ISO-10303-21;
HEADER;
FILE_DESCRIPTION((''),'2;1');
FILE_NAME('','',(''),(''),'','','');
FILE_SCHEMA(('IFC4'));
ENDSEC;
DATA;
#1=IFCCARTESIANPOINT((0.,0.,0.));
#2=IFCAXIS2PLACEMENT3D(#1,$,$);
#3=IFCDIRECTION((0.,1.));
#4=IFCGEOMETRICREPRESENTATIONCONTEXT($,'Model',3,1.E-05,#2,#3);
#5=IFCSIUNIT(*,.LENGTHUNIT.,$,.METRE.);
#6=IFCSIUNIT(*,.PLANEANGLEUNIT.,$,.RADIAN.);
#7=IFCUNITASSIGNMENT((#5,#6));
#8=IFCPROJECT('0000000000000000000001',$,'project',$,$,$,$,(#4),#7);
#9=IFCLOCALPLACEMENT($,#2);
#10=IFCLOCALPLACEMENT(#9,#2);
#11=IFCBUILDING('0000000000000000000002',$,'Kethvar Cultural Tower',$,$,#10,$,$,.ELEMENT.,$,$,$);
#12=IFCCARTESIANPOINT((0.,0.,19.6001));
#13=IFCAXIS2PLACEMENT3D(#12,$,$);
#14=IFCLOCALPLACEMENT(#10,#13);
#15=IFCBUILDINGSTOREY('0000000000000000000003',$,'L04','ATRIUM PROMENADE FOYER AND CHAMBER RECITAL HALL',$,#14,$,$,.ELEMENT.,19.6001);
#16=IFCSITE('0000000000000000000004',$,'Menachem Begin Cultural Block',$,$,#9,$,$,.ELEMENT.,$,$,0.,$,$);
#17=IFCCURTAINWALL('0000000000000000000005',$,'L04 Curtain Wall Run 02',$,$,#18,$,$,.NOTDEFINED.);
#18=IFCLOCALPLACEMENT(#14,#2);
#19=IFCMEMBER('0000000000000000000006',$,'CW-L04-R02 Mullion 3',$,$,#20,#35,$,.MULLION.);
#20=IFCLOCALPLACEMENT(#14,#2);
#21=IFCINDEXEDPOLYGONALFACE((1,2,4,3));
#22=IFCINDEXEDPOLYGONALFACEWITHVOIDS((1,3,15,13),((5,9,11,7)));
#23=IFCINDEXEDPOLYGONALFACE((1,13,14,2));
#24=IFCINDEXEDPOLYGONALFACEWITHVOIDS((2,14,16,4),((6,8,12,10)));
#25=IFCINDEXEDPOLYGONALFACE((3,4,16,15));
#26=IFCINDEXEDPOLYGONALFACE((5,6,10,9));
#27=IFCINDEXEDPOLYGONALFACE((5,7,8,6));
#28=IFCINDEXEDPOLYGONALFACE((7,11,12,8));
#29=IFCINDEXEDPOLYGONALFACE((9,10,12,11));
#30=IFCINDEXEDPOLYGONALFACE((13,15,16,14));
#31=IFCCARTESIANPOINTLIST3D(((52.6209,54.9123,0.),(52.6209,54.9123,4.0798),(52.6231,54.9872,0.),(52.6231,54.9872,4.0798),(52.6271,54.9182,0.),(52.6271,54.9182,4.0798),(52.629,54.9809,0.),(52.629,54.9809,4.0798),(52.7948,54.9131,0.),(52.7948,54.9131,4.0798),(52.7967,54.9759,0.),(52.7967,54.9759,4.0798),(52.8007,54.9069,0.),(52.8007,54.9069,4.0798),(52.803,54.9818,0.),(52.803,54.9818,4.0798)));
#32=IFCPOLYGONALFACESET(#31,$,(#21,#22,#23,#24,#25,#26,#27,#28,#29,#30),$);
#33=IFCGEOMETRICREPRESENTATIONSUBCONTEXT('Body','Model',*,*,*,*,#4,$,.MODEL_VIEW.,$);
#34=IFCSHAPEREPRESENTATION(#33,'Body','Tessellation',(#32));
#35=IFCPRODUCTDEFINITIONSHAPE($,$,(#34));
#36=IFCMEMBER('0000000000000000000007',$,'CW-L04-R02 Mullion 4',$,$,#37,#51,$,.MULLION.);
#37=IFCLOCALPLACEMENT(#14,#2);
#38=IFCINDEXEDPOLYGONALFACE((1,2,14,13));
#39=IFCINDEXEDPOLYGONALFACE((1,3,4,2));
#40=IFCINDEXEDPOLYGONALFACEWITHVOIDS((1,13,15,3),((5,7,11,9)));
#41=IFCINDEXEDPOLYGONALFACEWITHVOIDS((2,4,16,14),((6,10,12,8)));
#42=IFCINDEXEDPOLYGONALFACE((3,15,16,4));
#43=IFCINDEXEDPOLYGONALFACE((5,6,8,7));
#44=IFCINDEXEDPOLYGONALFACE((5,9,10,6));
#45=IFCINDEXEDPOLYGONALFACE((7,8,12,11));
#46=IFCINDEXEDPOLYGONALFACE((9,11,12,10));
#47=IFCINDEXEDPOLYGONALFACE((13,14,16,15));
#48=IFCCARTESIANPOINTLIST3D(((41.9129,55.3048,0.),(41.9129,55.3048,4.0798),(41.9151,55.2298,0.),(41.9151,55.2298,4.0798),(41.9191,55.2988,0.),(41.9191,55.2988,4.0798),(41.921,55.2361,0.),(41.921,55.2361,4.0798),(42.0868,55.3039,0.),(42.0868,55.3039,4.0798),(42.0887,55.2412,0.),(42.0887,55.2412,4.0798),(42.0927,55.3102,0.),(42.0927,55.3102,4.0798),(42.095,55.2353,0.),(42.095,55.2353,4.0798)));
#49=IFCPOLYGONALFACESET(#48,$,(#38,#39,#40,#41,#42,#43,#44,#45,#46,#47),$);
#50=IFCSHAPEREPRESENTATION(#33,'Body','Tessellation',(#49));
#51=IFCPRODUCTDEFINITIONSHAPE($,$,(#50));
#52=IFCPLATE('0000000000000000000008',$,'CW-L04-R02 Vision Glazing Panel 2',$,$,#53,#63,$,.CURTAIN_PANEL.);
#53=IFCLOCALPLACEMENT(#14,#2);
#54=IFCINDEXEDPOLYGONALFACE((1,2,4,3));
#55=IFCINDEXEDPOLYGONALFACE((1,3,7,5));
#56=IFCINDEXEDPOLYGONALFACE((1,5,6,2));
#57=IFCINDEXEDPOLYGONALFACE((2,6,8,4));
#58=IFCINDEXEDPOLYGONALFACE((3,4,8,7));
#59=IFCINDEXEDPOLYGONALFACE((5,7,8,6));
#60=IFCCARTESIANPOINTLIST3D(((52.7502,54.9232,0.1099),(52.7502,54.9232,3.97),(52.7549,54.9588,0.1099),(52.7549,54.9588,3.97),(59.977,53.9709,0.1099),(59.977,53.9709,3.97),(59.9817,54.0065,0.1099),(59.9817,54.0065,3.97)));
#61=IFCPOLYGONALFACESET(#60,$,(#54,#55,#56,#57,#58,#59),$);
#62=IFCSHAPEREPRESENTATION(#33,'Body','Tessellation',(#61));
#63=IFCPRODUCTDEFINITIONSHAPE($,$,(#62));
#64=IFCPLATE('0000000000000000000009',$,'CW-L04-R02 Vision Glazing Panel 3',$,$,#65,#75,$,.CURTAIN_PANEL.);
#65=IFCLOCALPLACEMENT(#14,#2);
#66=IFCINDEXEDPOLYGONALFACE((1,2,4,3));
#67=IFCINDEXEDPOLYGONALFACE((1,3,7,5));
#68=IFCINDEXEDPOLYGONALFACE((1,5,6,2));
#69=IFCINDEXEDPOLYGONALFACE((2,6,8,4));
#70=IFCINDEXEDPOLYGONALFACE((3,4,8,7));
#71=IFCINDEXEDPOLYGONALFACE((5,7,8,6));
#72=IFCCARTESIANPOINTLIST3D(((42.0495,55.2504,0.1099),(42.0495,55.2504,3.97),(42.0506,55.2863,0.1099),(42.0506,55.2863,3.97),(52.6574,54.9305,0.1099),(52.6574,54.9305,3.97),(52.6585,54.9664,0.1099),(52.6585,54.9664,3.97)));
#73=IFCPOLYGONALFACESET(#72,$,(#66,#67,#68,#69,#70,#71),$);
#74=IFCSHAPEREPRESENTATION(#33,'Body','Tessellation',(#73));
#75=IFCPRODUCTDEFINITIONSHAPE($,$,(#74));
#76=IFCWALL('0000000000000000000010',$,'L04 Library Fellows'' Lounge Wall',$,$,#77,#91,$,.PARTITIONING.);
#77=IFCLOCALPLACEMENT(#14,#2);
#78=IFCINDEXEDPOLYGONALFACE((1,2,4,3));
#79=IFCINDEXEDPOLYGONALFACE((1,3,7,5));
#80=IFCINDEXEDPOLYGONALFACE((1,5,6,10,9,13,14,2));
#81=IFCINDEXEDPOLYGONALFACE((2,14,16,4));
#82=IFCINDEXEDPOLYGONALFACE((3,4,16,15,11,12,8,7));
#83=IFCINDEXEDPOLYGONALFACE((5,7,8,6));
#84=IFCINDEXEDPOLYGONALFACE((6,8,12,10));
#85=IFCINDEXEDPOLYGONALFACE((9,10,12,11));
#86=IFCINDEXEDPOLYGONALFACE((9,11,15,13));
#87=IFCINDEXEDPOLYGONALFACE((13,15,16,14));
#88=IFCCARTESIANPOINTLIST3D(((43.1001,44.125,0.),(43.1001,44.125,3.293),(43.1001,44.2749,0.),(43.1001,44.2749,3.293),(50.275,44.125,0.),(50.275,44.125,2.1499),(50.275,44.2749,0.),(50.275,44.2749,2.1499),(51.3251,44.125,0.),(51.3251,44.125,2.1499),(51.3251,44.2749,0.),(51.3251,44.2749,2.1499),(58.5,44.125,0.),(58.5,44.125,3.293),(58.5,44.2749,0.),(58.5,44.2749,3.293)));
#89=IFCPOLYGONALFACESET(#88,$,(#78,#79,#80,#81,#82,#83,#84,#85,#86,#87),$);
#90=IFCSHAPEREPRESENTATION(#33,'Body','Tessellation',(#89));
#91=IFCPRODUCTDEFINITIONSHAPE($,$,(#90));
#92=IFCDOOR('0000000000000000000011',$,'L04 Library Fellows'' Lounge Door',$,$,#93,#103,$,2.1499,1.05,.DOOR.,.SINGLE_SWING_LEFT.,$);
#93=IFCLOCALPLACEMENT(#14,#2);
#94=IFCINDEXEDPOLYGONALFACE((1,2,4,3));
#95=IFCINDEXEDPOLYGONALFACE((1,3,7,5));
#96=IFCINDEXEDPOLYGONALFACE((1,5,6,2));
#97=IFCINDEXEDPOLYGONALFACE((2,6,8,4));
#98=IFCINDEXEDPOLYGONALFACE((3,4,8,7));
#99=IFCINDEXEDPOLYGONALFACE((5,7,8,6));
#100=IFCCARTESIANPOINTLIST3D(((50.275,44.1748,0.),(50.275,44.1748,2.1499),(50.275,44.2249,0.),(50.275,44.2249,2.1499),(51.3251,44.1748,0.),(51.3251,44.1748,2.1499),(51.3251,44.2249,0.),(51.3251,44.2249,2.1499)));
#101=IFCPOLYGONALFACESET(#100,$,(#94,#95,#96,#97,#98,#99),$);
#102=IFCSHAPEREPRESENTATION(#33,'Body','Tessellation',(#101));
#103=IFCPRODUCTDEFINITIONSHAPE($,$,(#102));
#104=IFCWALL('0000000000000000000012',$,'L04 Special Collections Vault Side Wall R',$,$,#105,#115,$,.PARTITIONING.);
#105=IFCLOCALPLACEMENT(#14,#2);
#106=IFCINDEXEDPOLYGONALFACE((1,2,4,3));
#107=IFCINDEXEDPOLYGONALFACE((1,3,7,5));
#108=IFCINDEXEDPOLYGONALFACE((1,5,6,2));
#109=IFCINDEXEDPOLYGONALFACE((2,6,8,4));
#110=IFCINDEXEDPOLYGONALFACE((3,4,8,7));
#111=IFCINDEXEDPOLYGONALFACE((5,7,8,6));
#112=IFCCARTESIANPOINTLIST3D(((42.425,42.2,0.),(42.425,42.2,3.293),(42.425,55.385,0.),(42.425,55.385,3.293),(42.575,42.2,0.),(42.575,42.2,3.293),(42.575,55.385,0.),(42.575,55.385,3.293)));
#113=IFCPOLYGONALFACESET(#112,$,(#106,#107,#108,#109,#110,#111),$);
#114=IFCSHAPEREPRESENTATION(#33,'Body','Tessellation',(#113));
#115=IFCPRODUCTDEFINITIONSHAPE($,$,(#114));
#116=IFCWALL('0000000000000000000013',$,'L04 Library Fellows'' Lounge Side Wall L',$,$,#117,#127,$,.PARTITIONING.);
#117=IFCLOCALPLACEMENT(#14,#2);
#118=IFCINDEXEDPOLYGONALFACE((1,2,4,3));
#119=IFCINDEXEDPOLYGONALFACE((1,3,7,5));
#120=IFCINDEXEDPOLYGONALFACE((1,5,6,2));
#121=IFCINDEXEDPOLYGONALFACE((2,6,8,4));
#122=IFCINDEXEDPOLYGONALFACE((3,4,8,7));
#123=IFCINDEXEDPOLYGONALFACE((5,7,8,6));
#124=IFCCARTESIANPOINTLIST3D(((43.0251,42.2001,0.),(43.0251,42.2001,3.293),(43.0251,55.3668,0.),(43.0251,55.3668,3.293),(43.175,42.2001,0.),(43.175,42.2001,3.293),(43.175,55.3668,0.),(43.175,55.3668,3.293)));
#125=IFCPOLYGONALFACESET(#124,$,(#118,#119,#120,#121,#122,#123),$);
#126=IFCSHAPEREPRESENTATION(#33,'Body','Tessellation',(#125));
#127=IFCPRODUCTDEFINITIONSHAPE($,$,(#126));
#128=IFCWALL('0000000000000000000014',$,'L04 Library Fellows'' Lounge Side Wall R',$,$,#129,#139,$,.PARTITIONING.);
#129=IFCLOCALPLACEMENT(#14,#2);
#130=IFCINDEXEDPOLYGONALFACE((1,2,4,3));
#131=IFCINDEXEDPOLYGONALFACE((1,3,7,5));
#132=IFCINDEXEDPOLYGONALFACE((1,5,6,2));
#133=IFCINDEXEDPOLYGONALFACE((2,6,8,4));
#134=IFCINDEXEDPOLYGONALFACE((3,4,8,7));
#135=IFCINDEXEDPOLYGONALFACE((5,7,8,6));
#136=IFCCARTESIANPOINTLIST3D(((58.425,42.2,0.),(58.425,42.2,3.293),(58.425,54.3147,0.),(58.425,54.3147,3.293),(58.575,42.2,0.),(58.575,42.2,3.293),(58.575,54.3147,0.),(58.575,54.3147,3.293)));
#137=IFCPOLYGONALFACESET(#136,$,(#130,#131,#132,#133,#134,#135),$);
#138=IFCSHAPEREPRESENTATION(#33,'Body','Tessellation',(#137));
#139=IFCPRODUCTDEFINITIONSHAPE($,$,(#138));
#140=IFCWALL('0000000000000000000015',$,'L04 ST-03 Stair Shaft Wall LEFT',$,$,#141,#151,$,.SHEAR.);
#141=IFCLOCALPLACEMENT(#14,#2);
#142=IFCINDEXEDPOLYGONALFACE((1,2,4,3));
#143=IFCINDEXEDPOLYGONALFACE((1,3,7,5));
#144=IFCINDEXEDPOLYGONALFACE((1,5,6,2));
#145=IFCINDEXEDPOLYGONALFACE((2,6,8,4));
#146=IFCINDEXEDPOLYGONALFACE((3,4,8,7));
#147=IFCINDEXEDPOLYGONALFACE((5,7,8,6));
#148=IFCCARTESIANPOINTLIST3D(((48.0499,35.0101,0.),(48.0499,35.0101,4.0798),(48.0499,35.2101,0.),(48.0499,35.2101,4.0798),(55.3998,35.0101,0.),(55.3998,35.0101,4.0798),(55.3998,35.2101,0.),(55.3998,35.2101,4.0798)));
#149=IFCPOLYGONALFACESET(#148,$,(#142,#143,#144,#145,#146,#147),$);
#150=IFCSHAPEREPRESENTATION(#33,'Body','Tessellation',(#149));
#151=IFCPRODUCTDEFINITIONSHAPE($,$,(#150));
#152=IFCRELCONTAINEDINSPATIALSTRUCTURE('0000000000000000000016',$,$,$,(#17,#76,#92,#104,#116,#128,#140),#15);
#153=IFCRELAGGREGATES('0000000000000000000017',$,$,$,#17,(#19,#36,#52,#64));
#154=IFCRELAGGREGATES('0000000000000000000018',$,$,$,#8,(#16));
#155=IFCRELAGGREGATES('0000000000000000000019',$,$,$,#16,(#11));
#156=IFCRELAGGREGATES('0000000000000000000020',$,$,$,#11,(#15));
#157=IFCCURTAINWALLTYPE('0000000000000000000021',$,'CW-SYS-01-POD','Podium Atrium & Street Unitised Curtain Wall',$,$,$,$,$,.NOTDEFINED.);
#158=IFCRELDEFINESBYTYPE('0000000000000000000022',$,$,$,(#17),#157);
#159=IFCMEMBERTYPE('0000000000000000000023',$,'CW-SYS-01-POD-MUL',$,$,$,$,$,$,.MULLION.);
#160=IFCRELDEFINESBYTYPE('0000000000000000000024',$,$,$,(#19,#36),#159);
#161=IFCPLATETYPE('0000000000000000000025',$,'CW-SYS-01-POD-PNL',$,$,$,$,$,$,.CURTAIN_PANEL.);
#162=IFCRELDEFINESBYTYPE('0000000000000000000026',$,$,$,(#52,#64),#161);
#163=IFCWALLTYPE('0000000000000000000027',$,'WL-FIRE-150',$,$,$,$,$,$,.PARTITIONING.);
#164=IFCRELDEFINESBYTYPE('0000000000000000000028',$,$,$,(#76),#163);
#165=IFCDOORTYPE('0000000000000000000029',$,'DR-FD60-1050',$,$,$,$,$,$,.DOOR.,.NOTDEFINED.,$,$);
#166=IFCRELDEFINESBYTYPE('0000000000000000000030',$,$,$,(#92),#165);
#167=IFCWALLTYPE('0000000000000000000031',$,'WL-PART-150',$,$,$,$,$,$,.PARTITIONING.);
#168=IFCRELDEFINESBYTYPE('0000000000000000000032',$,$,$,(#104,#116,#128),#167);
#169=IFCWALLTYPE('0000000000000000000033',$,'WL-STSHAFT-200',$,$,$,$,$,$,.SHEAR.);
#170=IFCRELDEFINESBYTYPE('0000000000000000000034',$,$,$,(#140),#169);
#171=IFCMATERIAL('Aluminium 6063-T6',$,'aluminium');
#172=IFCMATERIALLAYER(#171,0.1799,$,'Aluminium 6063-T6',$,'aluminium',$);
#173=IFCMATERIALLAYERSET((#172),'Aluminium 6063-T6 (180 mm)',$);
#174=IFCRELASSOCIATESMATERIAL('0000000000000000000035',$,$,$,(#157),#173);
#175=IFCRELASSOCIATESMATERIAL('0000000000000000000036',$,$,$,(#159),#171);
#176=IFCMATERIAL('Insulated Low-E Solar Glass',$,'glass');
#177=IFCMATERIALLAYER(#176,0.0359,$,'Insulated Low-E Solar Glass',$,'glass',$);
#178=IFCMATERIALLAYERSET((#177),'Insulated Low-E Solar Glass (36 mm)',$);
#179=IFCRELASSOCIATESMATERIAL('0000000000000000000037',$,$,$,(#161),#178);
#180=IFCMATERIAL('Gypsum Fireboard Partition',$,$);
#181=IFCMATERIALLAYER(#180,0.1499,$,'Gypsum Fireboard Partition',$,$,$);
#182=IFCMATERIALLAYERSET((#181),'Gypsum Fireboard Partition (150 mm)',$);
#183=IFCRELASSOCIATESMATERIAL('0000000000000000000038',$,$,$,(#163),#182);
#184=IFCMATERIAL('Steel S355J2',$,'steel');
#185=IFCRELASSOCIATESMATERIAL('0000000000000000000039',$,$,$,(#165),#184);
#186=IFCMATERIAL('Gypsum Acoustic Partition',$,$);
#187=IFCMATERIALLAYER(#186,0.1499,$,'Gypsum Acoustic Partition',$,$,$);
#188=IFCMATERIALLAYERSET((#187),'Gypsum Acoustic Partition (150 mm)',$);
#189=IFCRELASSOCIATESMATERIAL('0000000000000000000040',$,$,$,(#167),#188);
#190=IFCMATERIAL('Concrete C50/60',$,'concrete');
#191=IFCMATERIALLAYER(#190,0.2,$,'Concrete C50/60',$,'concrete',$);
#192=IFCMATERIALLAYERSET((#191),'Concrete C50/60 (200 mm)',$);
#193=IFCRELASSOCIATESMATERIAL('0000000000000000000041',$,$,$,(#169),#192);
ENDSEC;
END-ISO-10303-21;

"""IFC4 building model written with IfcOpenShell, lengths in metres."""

from ifc_helpers import new_model, si_unit, direction, frame, frame_2d, origin, origin_2d, place, context, subcontext, project, spatial, rectangle, hollow_rectangle, extrude, source, transform, mapped, material, layer, layer_set, material_profile, profile_set, type_object, element, fill, aggregate, save


model = new_model("IFC4")

# Units and contexts
model_context = context("Model", 3, precision=1e-05, world=origin(), true_north=direction((0.0, 1.0)))
body_context = subcontext(model_context, "Body", "Model", "MODEL_VIEW")
ifc_project = project(units=[si_unit("LENGTHUNIT", "METRE"), si_unit("PLANEANGLEUNIT", "RADIAN")], contexts=[model_context])

# Site, building, storey
site_placement = place(None, origin())
site = spatial("IfcSite", under=ifc_project, at=site_placement, Name="Menachem Begin Cultural Block", CompositionType="ELEMENT", RefElevation=0.0)
building_placement = place(site_placement, origin())
building = spatial("IfcBuilding", under=site, at=building_placement, Name="Kethvar Cultural Tower", CompositionType="ELEMENT")
storey_placement = place(building_placement, frame((0.0, 0.0, 19.6001)))
storey = spatial("IfcBuildingStorey", under=building, at=storey_placement, Name="L04", Description="ATRIUM PROMENADE FOYER AND CHAMBER RECITAL HALL", CompositionType="ELEMENT", Elevation=19.6001)

# Shared definitions
ifc_material_1 = material(Name="Steel S355J2", Category="steel")

# Curtain wall, members, plates
ifc_material_2 = material(Name="Aluminium 6063-T6", Category="aluminium")
ifc_layer_1 = layer(ifc_material_2, 0.1799, Name="Aluminium 6063-T6", Category="aluminium")
ifc_layer_set_1 = layer_set([ifc_layer_1], Name="Aluminium 6063-T6 (180 mm)")
curtain_wall_type = type_object("IfcCurtainWallType", Name="CW-SYS-01-POD", Description="Podium Atrium & Street Unitised Curtain Wall", PredefinedType="NOTDEFINED", material=ifc_layer_set_1)
curtain_wall_placement = place(storey_placement, origin())
curtain_wall = element("IfcCurtainWall", 1, at=curtain_wall_placement, inside=storey, type_object=curtain_wall_type, Name="L04 Curtain Wall Run 02", PredefinedType="NOTDEFINED")
ifc_material_profile_1 = material_profile(ifc_material_2, hollow_rectangle(XDim=0.075, YDim=0.1799, WallThickness=0.0061, at=origin_2d()), Name="Aluminium 6063-T6 — RHS180x75x6")
ifc_profile_set_1 = profile_set([ifc_material_profile_1], Name="Aluminium 6063-T6 — RHS180x75x6")
member_type_1 = type_object("IfcMemberType", Name="CW-SYS-01-POD-MUL", PredefinedType="MULLION", material=ifc_profile_set_1)
shared_shape_1 = source(origin(), body_context, "Body", "SweptSolid", [
    extrude(hollow_rectangle(XDim=0.075, YDim=0.1799, WallThickness=0.0061, at=origin_2d()), origin(), (0.0, 0.0, 1.0), 4.0798),
])
member_1_placement = place(storey_placement, frame((52.7119, 54.947, 0.0), z_axis=(0.0, 0.0, 1.0), x_axis=(-0.030137, -0.999546, 0.0)))
member_1 = element("IfcMember", 2, at=member_1_placement, type_object=member_type_1, Name="CW-L04-R02 Mullion 3", PredefinedType="MULLION", context=body_context, shape_type="MappedRepresentation", body=[
    mapped(shared_shape_1, transform((0.0, 0.0, 0.0), scale=1.0)),
])
member_2_placement = place(storey_placement, frame((42.0039, 55.27, 0.0), z_axis=(0.0, 0.0, 1.0), x_axis=(0.030137, -0.999546, 0.0)))
member_2 = element("IfcMember", 3, at=member_2_placement, type_object=member_type_1, Name="CW-L04-R02 Mullion 4", PredefinedType="MULLION", context=body_context, shape_type="MappedRepresentation", body=[
    mapped(shared_shape_1, transform((0.0, 0.0, 0.0), scale=1.0)),
])
ifc_material_3 = material(Name="Insulated Low-E Solar Glass", Category="glass")
ifc_layer_2 = layer(ifc_material_3, 0.0359, Name="Insulated Low-E Solar Glass", Category="glass")
ifc_layer_set_2 = layer_set([ifc_layer_2], Name="Insulated Low-E Solar Glass (36 mm)")
plate_type = type_object("IfcPlateType", Name="CW-SYS-01-POD-PNL", PredefinedType="CURTAIN_PANEL", material=ifc_layer_set_2)
shared_shape_2 = source(origin(), body_context, "Body", "SweptSolid", [
    extrude(rectangle(XDim=7.2893, YDim=0.0359, at=origin_2d()), origin(), (0.0, 0.0, 1.0), 3.8601),
])
plate_1_placement = place(storey_placement, frame((56.366, 54.4648, 0.1099), z_axis=(0.0, 0.0, 1.0), x_axis=(-0.991429, 0.130647, 0.0)))
plate_1 = element("IfcPlate", 4, at=plate_1_placement, type_object=plate_type, Name="CW-L04-R02 Vision Glazing Panel 2", PredefinedType="CURTAIN_PANEL", context=body_context, shape_type="MappedRepresentation", body=[
    mapped(shared_shape_2, transform((0.0, 0.0, 0.0), scale=1.0)),
])
shared_shape_3 = source(origin(), body_context, "Body", "SweptSolid", [
    extrude(rectangle(XDim=10.6128, YDim=0.0359, at=origin_2d()), origin(), (0.0, 0.0, 1.0), 3.8601),
])
plate_2_placement = place(storey_placement, frame((47.354, 55.1084, 0.1099), z_axis=(0.0, 0.0, 1.0), x_axis=(-0.999546, 0.030137, 0.0)))
plate_2 = element("IfcPlate", 5, at=plate_2_placement, type_object=plate_type, Name="CW-L04-R02 Vision Glazing Panel 3", PredefinedType="CURTAIN_PANEL", context=body_context, shape_type="MappedRepresentation", body=[
    mapped(shared_shape_3, transform((0.0, 0.0, 0.0), scale=1.0)),
])
aggregate(curtain_wall, [member_1, member_2, plate_1, plate_2])

# Wall, opening, door
ifc_material_4 = material(Name="Gypsum Fireboard Partition")
ifc_layer_3 = layer(ifc_material_4, 0.1499, Name="Gypsum Fireboard Partition")
ifc_layer_set_3 = layer_set([ifc_layer_3], Name="Gypsum Fireboard Partition (150 mm)")
wall_type_1 = type_object("IfcWallType", Name="WL-FIRE-150", PredefinedType="PARTITIONING", material=ifc_layer_set_3)
wall_1_placement = place(storey_placement, frame((43.1001, 44.2, 0.0), z_axis=(0.0, 0.0, 1.0), x_axis=(1.0, 0.0, 0.0)))
wall_1 = element("IfcWall", 6, at=wall_1_placement, inside=storey, type_object=wall_type_1, Name="L04 Library Fellows' Lounge Wall", PredefinedType="PARTITIONING", context=body_context, shape_type="SweptSolid", body=[
    extrude(rectangle(XDim=15.3999, YDim=0.1499, at=frame_2d((7.7, 0.0))), origin(), (0.0, 0.0, 1.0), 3.293),
])
opening_1_placement = place(wall_1_placement, frame((7.175, 0.0, 0.0)))
opening_1 = element("IfcOpeningElement", 7, at=opening_1_placement, cuts=wall_1, PredefinedType="OPENING", context=body_context, shape_type="SweptSolid", body=[
    extrude(rectangle(XDim=1.05, YDim=2.1499, at=frame_2d((0.5249, 1.075))), frame((0.0, 0.085, 0.0), z_axis=(0.0, -1.0, 0.0), x_axis=(1.0, 0.0, 0.0)), (0.0, 0.0, 1.0), 0.1699),
])
door_type_1 = type_object("IfcDoorType", Name="DR-FD60-1050", OperationType="NOTDEFINED", PredefinedType="DOOR", material=ifc_material_1)
shared_shape_4 = source(origin(), body_context, "Body", "SweptSolid", [
    extrude(rectangle(XDim=1.05, YDim=2.1499, at=frame_2d((0.5249, 1.075))), frame((0.0, 0.0249, 0.0), z_axis=(0.0, -1.0, 0.0), x_axis=(1.0, 0.0, 0.0)), (0.0, 0.0, 1.0), 0.05),
])
door_1_placement = place(opening_1_placement, origin())
door_1 = element("IfcDoor", 8, at=door_1_placement, inside=storey, type_object=door_type_1, Name="L04 Library Fellows' Lounge Door", OperationType="SINGLE_SWING_LEFT", OverallHeight=2.1499, OverallWidth=1.05, PredefinedType="DOOR", context=body_context, shape_type="MappedRepresentation", body=[
    mapped(shared_shape_4, transform((0.0, 0.0, 0.0), scale=1.0)),
])
fill(opening_1, door_1)

# Walls
ifc_material_5 = material(Name="Gypsum Acoustic Partition")
ifc_layer_4 = layer(ifc_material_5, 0.1499, Name="Gypsum Acoustic Partition")
ifc_layer_set_4 = layer_set([ifc_layer_4], Name="Gypsum Acoustic Partition (150 mm)")
wall_type_2 = type_object("IfcWallType", Name="WL-PART-150", PredefinedType="PARTITIONING", material=ifc_layer_set_4)
wall_2_placement = place(storey_placement, frame((42.5, 42.2, 0.0), z_axis=(0.0, 0.0, 1.0), x_axis=(0.0, 1.0, 0.0)))
element("IfcWall", 9, at=wall_2_placement, inside=storey, type_object=wall_type_2, Name="L04 Special Collections Vault Side Wall R", PredefinedType="PARTITIONING", context=body_context, shape_type="SweptSolid", body=[
    extrude(rectangle(XDim=13.1851, YDim=0.1499, at=frame_2d((6.5925, 0.0))), origin(), (0.0, 0.0, 1.0), 3.293),
])
wall_3_placement = place(storey_placement, frame((43.1001, 42.2, 0.0), z_axis=(0.0, 0.0, 1.0), x_axis=(0.0, 1.0, 0.0)))
element("IfcWall", 10, at=wall_3_placement, inside=storey, type_object=wall_type_2, Name="L04 Library Fellows' Lounge Side Wall L", PredefinedType="PARTITIONING", context=body_context, shape_type="SweptSolid", body=[
    extrude(rectangle(XDim=13.1667, YDim=0.1499, at=frame_2d((6.5835, 0.0))), origin(), (0.0, 0.0, 1.0), 3.293),
])
wall_4_placement = place(storey_placement, frame((58.5, 42.2, 0.0), z_axis=(0.0, 0.0, 1.0), x_axis=(0.0, 1.0, 0.0)))
element("IfcWall", 11, at=wall_4_placement, inside=storey, type_object=wall_type_2, Name="L04 Library Fellows' Lounge Side Wall R", PredefinedType="PARTITIONING", context=body_context, shape_type="SweptSolid", body=[
    extrude(rectangle(XDim=12.1147, YDim=0.1499, at=frame_2d((6.0574, 0.0))), origin(), (0.0, 0.0, 1.0), 3.293),
])
ifc_material_6 = material(Name="Concrete C50/60", Category="concrete")
ifc_layer_5 = layer(ifc_material_6, 0.2, Name="Concrete C50/60", Category="concrete")
ifc_layer_set_5 = layer_set([ifc_layer_5], Name="Concrete C50/60 (200 mm)")
wall_type_3 = type_object("IfcWallType", Name="WL-STSHAFT-200", PredefinedType="SHEAR", material=ifc_layer_set_5)
wall_5_placement = place(storey_placement, frame((48.05, 35.1101, 0.0), z_axis=(0.0, 0.0, 1.0), x_axis=(1.0, 0.0, 0.0)))
element("IfcWall", 12, at=wall_5_placement, inside=storey, type_object=wall_type_3, Name="L04 ST-03 Stair Shaft Wall LEFT", PredefinedType="SHEAR", context=body_context, shape_type="SweptSolid", body=[
    extrude(rectangle(XDim=7.3499, YDim=0.2, at=frame_2d((3.6748, 0.0))), origin(), (0.0, 0.0, 1.0), 4.0798),
])

save(model, "model.ifc")
